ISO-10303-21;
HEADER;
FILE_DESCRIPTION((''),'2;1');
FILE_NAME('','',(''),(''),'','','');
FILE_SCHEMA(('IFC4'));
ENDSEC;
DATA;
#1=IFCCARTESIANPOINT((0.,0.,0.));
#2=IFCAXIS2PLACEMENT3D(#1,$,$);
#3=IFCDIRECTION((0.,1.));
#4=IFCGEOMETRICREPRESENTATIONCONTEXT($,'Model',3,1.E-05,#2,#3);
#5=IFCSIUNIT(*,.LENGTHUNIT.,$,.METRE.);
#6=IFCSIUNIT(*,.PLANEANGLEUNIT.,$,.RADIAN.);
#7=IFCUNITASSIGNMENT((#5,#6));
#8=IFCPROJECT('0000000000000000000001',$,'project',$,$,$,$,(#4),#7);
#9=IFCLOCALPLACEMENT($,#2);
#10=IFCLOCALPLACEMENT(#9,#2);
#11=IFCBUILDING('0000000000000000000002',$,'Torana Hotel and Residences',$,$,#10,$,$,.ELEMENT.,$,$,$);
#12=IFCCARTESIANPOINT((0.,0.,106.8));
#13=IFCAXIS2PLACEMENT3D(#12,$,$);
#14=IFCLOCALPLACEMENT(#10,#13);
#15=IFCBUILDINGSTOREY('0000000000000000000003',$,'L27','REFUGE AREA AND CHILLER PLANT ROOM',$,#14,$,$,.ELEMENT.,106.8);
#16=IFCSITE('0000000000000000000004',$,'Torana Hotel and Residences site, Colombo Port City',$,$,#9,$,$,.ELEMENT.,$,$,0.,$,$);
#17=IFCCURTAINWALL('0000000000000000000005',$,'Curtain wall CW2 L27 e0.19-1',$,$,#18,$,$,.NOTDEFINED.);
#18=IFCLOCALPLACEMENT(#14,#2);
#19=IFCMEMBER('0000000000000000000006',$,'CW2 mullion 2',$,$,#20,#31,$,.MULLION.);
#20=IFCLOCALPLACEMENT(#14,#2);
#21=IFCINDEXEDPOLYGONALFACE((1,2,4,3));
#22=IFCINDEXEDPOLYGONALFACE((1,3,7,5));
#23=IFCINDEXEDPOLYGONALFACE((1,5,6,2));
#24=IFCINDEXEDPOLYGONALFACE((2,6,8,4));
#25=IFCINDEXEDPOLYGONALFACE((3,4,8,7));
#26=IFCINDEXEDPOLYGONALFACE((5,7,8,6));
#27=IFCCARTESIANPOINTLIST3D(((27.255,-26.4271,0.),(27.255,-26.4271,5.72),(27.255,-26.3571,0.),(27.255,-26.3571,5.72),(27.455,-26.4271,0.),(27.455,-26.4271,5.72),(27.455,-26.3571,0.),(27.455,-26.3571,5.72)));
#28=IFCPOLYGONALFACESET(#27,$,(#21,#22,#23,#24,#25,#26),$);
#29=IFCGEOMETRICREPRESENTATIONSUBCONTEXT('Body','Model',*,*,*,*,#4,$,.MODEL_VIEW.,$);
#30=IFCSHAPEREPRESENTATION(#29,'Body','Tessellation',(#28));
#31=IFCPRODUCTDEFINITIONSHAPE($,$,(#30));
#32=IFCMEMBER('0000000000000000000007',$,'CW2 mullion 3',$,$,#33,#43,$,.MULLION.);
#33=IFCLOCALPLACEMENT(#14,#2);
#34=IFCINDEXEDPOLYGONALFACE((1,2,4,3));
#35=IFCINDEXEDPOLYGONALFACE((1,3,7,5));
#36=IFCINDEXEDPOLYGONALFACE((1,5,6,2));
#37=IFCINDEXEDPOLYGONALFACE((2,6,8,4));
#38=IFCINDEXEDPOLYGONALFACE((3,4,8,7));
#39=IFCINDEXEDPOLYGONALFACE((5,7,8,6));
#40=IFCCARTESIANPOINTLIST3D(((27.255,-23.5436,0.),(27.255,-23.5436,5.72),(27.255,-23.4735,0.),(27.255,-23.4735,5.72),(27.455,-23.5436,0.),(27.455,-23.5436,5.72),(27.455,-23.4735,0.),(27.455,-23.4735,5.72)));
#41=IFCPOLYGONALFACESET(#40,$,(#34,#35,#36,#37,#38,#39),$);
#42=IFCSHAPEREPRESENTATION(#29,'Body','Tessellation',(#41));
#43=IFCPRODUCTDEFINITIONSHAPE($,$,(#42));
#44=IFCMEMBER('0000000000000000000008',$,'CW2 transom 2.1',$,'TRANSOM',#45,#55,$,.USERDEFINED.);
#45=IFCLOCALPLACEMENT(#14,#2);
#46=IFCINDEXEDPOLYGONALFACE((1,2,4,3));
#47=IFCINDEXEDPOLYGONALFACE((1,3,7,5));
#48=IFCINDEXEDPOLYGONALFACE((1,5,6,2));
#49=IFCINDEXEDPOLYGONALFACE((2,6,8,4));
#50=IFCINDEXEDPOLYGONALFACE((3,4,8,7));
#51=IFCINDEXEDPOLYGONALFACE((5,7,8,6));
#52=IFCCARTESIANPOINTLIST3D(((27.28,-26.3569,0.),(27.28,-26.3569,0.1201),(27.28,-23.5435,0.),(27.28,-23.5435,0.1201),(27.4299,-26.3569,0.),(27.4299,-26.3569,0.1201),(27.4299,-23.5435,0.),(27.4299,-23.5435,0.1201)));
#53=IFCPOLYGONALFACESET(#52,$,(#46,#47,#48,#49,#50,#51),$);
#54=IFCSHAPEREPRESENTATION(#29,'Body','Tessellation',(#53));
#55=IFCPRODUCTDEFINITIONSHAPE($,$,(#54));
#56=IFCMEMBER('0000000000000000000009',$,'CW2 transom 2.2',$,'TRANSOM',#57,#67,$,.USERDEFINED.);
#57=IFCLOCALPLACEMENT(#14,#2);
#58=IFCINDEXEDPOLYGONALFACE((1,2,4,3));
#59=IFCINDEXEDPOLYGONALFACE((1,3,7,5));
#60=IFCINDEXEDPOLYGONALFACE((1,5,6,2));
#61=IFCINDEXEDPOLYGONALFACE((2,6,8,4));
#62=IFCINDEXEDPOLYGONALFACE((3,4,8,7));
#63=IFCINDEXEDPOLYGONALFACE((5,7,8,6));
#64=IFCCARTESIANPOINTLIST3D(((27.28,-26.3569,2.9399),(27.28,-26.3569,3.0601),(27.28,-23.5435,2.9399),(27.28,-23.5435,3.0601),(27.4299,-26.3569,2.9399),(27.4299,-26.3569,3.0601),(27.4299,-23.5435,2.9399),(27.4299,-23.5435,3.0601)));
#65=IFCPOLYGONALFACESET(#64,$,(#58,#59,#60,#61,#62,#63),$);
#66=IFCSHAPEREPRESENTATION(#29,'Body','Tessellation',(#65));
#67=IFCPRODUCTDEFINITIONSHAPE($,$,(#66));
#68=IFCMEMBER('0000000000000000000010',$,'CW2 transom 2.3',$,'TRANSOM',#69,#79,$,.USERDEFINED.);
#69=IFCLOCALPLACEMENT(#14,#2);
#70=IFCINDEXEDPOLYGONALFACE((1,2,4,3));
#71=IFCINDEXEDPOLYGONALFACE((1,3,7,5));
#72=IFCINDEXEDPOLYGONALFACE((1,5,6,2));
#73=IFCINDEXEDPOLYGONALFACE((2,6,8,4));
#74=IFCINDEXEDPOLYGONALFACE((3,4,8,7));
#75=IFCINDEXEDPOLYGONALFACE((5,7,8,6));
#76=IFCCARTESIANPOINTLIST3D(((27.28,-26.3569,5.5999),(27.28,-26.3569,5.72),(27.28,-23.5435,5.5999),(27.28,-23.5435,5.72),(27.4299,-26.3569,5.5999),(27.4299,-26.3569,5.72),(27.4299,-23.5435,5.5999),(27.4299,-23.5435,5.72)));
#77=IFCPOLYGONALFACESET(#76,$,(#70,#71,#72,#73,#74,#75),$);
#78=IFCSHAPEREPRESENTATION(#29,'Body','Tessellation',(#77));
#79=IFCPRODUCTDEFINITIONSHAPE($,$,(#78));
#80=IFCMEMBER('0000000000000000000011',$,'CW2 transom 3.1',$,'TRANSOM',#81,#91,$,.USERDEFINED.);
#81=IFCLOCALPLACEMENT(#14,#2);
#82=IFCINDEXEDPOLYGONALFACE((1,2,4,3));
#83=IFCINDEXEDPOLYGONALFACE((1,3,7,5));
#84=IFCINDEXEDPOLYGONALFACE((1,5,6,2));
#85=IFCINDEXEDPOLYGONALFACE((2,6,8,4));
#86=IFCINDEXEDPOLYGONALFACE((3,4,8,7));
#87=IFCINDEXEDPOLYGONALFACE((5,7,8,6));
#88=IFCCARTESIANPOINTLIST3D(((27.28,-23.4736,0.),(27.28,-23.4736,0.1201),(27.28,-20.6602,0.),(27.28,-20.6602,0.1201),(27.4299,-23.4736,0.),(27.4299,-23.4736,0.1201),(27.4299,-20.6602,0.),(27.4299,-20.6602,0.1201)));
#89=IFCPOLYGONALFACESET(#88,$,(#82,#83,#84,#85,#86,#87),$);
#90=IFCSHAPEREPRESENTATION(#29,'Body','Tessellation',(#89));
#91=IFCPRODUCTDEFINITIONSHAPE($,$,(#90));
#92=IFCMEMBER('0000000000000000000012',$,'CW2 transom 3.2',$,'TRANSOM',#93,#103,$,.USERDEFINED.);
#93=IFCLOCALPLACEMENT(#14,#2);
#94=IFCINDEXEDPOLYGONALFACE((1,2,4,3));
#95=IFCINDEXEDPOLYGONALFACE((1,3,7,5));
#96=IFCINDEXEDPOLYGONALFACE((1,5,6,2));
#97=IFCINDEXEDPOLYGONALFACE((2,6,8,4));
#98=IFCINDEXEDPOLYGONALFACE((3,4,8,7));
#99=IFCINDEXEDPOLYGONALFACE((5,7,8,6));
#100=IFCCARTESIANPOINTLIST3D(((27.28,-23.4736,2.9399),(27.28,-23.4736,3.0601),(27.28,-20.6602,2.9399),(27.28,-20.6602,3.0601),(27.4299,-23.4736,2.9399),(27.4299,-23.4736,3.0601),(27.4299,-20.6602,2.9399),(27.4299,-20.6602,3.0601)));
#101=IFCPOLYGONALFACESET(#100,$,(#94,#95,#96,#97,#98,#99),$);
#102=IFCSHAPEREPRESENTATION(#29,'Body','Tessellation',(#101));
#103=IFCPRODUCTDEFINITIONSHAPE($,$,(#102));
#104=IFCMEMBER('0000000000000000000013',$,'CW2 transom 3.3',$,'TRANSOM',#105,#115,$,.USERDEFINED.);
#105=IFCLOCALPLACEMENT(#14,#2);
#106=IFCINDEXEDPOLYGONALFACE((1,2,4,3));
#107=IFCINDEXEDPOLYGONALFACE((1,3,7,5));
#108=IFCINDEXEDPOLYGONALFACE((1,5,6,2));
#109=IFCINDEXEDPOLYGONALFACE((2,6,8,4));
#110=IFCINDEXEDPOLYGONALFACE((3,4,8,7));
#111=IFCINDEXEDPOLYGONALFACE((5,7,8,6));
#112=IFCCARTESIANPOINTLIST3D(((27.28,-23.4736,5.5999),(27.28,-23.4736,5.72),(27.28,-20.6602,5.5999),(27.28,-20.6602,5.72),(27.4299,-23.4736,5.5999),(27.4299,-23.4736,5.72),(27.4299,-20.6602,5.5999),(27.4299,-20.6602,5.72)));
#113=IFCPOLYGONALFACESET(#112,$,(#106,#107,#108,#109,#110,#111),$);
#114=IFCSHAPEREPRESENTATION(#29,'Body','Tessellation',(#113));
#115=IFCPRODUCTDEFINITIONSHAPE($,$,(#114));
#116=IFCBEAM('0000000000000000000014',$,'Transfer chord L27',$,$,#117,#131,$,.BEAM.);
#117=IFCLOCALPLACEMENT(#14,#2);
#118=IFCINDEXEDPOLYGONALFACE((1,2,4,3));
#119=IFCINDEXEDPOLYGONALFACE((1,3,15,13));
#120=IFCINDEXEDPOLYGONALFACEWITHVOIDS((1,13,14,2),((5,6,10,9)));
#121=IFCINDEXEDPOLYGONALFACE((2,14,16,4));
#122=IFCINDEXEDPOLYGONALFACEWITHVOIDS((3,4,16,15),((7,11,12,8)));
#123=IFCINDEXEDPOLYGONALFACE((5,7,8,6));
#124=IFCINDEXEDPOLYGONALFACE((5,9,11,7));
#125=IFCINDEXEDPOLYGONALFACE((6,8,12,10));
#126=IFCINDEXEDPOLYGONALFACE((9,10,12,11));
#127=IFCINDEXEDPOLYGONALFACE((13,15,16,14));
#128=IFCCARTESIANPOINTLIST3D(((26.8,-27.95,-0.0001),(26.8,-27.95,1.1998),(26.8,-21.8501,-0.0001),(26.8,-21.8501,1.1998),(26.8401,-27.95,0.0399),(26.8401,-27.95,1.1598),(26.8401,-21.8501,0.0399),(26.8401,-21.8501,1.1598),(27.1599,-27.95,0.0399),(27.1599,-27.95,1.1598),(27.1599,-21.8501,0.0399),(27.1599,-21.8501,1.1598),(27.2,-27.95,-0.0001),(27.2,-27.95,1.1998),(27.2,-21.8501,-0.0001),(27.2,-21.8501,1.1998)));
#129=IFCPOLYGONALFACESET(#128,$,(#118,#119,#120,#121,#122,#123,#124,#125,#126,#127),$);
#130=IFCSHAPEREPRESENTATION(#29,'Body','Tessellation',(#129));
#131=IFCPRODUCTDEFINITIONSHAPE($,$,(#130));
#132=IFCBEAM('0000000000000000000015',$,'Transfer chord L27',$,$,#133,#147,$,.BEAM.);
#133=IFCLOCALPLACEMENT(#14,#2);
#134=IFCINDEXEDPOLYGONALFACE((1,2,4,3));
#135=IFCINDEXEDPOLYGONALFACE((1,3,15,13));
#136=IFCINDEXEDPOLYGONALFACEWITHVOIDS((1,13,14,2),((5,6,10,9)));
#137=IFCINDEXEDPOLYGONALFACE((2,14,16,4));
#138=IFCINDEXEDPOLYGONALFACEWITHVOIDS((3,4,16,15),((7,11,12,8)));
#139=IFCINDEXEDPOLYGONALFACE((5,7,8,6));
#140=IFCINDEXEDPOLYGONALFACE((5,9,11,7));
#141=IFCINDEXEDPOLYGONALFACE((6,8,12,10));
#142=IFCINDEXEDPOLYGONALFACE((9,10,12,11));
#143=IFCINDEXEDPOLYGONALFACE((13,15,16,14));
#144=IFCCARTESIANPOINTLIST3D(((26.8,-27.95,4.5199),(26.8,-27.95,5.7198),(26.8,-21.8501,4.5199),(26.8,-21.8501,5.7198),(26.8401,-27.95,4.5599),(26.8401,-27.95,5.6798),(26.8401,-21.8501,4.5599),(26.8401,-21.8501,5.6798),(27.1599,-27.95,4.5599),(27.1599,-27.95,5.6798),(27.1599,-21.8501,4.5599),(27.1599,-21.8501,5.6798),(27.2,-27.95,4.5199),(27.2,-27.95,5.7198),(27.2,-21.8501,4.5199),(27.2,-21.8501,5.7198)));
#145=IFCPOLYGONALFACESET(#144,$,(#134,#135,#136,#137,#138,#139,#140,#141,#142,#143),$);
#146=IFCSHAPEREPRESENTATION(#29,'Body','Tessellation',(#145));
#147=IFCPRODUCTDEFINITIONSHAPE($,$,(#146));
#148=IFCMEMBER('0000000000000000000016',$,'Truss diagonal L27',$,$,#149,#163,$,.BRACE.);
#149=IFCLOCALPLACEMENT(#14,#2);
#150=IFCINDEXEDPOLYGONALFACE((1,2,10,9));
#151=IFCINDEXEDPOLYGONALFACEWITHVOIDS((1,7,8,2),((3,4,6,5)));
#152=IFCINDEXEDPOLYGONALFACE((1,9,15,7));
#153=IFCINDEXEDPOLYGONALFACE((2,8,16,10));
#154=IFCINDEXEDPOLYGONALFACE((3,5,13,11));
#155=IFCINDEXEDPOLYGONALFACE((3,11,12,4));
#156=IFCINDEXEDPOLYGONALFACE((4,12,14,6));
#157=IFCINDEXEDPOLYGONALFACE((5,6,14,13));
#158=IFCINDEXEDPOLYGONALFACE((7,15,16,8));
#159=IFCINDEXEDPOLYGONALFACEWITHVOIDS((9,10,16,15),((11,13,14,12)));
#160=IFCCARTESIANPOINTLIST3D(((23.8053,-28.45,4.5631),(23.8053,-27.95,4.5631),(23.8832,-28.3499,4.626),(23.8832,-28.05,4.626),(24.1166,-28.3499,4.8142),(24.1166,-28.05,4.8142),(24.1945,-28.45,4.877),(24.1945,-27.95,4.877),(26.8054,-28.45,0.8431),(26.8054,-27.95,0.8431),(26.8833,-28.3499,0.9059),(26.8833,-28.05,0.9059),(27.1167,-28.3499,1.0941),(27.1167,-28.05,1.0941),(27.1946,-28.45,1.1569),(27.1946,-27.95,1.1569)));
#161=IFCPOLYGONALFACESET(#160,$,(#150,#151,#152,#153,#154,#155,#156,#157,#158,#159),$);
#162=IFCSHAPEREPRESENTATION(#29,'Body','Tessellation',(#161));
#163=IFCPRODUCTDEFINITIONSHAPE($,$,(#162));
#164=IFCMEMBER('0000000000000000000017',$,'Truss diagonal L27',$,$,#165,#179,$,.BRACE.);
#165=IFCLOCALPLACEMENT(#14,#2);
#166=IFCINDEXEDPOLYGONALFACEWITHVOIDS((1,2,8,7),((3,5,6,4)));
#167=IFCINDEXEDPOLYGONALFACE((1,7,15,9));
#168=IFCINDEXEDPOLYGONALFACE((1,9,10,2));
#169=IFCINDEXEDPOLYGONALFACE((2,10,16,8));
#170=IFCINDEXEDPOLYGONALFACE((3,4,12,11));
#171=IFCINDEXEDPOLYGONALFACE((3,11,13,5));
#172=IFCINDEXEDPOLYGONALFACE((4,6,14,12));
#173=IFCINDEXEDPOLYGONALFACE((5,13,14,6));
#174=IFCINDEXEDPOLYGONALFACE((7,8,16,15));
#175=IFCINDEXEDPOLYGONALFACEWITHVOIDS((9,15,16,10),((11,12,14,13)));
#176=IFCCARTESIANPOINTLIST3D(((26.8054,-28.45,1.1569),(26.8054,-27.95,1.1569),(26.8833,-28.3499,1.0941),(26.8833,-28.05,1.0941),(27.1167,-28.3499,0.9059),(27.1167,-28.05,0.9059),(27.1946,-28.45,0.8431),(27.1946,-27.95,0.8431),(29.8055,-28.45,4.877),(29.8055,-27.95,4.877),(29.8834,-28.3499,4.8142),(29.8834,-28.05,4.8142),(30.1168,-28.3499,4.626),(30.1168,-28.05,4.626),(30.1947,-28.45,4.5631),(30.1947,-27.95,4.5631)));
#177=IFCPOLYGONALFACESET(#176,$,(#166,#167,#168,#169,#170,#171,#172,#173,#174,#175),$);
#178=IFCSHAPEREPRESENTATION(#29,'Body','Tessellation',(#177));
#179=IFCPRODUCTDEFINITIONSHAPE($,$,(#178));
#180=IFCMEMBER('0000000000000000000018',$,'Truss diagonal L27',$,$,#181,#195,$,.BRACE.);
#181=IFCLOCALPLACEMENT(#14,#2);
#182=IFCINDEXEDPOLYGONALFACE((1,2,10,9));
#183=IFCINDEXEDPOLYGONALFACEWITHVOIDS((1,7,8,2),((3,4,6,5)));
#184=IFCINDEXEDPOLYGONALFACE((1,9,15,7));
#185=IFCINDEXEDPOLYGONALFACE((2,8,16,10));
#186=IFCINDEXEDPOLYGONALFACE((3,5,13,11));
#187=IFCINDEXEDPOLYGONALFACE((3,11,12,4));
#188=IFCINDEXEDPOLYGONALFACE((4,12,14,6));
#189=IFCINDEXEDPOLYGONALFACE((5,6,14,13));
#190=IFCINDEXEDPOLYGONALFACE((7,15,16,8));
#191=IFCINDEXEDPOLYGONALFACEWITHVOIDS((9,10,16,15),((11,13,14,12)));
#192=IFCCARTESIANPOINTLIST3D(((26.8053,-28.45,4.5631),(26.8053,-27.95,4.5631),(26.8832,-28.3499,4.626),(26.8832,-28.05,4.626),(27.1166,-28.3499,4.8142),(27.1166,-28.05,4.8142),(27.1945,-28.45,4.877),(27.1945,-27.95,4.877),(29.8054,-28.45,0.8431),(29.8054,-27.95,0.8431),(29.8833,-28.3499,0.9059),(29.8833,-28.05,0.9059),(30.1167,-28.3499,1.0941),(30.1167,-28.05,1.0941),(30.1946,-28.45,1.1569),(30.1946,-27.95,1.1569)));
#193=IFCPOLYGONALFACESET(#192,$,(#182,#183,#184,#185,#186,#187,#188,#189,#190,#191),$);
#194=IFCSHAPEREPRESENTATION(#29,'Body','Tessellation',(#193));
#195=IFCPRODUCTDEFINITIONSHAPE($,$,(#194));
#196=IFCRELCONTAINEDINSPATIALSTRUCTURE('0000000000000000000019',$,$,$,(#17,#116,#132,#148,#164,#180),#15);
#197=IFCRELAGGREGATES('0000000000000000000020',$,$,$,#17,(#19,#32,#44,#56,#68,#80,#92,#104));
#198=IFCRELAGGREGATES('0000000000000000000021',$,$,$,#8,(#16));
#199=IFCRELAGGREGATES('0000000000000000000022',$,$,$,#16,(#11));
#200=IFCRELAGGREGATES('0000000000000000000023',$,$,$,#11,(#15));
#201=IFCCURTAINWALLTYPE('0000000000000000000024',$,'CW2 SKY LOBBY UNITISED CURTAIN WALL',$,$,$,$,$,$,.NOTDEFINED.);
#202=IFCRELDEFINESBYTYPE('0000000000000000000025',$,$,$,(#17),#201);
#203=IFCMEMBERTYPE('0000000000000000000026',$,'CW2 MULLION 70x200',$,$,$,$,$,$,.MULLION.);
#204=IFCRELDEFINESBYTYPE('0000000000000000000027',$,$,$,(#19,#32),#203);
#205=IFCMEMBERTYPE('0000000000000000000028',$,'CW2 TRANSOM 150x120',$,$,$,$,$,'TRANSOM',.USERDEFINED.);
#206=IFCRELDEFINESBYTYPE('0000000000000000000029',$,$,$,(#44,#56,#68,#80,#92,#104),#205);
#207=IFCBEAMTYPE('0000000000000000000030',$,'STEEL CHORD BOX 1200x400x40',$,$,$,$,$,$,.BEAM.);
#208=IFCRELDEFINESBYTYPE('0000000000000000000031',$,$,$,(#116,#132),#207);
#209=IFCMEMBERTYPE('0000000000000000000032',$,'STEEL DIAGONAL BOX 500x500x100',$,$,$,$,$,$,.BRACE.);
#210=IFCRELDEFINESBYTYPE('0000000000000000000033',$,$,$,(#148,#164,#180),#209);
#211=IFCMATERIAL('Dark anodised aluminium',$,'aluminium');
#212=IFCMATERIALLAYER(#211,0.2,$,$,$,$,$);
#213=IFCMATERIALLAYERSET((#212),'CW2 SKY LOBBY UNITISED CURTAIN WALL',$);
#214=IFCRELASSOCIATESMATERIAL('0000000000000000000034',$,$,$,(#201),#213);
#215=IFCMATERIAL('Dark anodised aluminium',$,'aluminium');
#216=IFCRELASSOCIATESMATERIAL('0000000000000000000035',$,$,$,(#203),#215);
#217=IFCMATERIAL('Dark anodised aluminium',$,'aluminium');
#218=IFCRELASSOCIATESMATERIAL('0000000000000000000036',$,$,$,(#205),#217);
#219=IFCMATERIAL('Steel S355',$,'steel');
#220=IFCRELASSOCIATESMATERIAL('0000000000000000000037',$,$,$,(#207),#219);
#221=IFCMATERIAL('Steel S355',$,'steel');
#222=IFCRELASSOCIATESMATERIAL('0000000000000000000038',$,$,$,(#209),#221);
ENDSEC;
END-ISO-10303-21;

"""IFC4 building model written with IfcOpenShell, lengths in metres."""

from ifc_helpers import new_model, si_unit, direction, frame, origin, origin_2d, place, context, subcontext, project, spatial, rectangle, hollow_rectangle, extrude, material, layer, layer_set, material_profile, profile_set, type_object, element, aggregate, save


model = new_model("IFC4")

# Units and contexts
model_context = context("Model", 3, precision=1e-05, world=origin(), true_north=direction((0.0, 1.0)))
body_context = subcontext(model_context, "Body", "Model", "MODEL_VIEW")
ifc_project = project(units=[si_unit("LENGTHUNIT", "METRE"), si_unit("PLANEANGLEUNIT", "RADIAN")], contexts=[model_context])

# Site, building, storey
site_placement = place(None, origin())
site = spatial("IfcSite", under=ifc_project, at=site_placement, Name="Torana Hotel and Residences site, Colombo Port City", CompositionType="ELEMENT", RefElevation=0.0)
building_placement = place(site_placement, origin())
building = spatial("IfcBuilding", under=site, at=building_placement, Name="Torana Hotel and Residences", CompositionType="ELEMENT")
storey_placement = place(building_placement, frame((0.0, 0.0, 106.8)))
storey = spatial("IfcBuildingStorey", under=building, at=storey_placement, Name="L27", Description="REFUGE AREA AND CHILLER PLANT ROOM", CompositionType="ELEMENT", Elevation=106.8)

# Curtain wall, members
ifc_material_1 = material(Name="Dark anodised aluminium", Category="aluminium")
ifc_layer_1 = layer(ifc_material_1, 0.2)
ifc_layer_set_1 = layer_set([ifc_layer_1], Name="CW2 SKY LOBBY UNITISED CURTAIN WALL")
curtain_wall_type = type_object("IfcCurtainWallType", Name="CW2 SKY LOBBY UNITISED CURTAIN WALL", PredefinedType="NOTDEFINED", material=ifc_layer_set_1)
curtain_wall_placement = place(storey_placement, origin())
curtain_wall = element("IfcCurtainWall", 1, at=curtain_wall_placement, inside=storey, type_object=curtain_wall_type, Name="Curtain wall CW2 L27 e0.19-1", PredefinedType="NOTDEFINED")
ifc_material_2 = material(Name="Dark anodised aluminium", Category="aluminium")
ifc_material_profile_1 = material_profile(ifc_material_2, rectangle(XDim=0.2, YDim=0.0701, at=origin_2d()), Name="CW2 MULLION 70x200")
ifc_profile_set_1 = profile_set([ifc_material_profile_1], Name="Dark anodised aluminium")
member_type_1 = type_object("IfcMemberType", Name="CW2 MULLION 70x200", PredefinedType="MULLION", material=ifc_profile_set_1)
member_1_placement = place(storey_placement, frame((27.355, -26.3921, 0.0), z_axis=(0.0, 0.0, 1.0), x_axis=(-1.0, 0.0, 0.0)))
member_1 = element("IfcMember", 2, at=member_1_placement, type_object=member_type_1, Name="CW2 mullion 2", PredefinedType="MULLION", context=body_context, shape_type="SweptSolid", body=[
    extrude(rectangle(XDim=0.2, YDim=0.0701, at=origin_2d()), origin(), (0.0, 0.0, 1.0), 5.72),
])
member_2_placement = place(storey_placement, frame((27.355, -23.5085, 0.0), z_axis=(0.0, 0.0, 1.0), x_axis=(-1.0, 0.0, 0.0)))
member_2 = element("IfcMember", 3, at=member_2_placement, type_object=member_type_1, Name="CW2 mullion 3", PredefinedType="MULLION", context=body_context, shape_type="SweptSolid", body=[
    extrude(rectangle(XDim=0.2, YDim=0.0701, at=origin_2d()), origin(), (0.0, 0.0, 1.0), 5.72),
])
ifc_material_3 = material(Name="Dark anodised aluminium", Category="aluminium")
ifc_material_profile_2 = material_profile(ifc_material_3, rectangle(XDim=0.1499, YDim=0.1201, at=origin_2d()), Name="CW2 TRANSOM 150x120")
ifc_profile_set_2 = profile_set([ifc_material_profile_2], Name="Dark anodised aluminium")
member_type_2 = type_object("IfcMemberType", Name="CW2 TRANSOM 150x120", ElementType="TRANSOM", PredefinedType="USERDEFINED", material=ifc_profile_set_2)
member_3_placement = place(storey_placement, frame((27.355, -26.3569, 0.0601), z_axis=(0.0, 1.0, 0.0), x_axis=(-1.0, 0.0, 0.0)))
member_3 = element("IfcMember", 4, at=member_3_placement, type_object=member_type_2, Name="CW2 transom 2.1", ObjectType="TRANSOM", PredefinedType="USERDEFINED", context=body_context, shape_type="SweptSolid", body=[
    extrude(rectangle(XDim=0.1499, YDim=0.1201, at=origin_2d()), origin(), (0.0, 0.0, 1.0), 2.8135),
])
member_4_placement = place(storey_placement, frame((27.355, -26.3569, 3.0), z_axis=(0.0, 1.0, 0.0), x_axis=(-1.0, 0.0, 0.0)))
member_4 = element("IfcMember", 5, at=member_4_placement, type_object=member_type_2, Name="CW2 transom 2.2", ObjectType="TRANSOM", PredefinedType="USERDEFINED", context=body_context, shape_type="SweptSolid", body=[
    extrude(rectangle(XDim=0.1499, YDim=0.1201, at=origin_2d()), origin(), (0.0, 0.0, 1.0), 2.8135),
])
member_5_placement = place(storey_placement, frame((27.355, -26.3569, 5.6599), z_axis=(0.0, 1.0, 0.0), x_axis=(-1.0, 0.0, 0.0)))
member_5 = element("IfcMember", 6, at=member_5_placement, type_object=member_type_2, Name="CW2 transom 2.3", ObjectType="TRANSOM", PredefinedType="USERDEFINED", context=body_context, shape_type="SweptSolid", body=[
    extrude(rectangle(XDim=0.1499, YDim=0.1201, at=origin_2d()), origin(), (0.0, 0.0, 1.0), 2.8135),
])
member_6_placement = place(storey_placement, frame((27.355, -23.4736, 0.0601), z_axis=(0.0, 1.0, 0.0), x_axis=(-1.0, 0.0, 0.0)))
member_6 = element("IfcMember", 7, at=member_6_placement, type_object=member_type_2, Name="CW2 transom 3.1", ObjectType="TRANSOM", PredefinedType="USERDEFINED", context=body_context, shape_type="SweptSolid", body=[
    extrude(rectangle(XDim=0.1499, YDim=0.1201, at=origin_2d()), origin(), (0.0, 0.0, 1.0), 2.8135),
])
member_7_placement = place(storey_placement, frame((27.355, -23.4736, 3.0), z_axis=(0.0, 1.0, 0.0), x_axis=(-1.0, 0.0, 0.0)))
member_7 = element("IfcMember", 8, at=member_7_placement, type_object=member_type_2, Name="CW2 transom 3.2", ObjectType="TRANSOM", PredefinedType="USERDEFINED", context=body_context, shape_type="SweptSolid", body=[
    extrude(rectangle(XDim=0.1499, YDim=0.1201, at=origin_2d()), origin(), (0.0, 0.0, 1.0), 2.8135),
])
member_8_placement = place(storey_placement, frame((27.355, -23.4736, 5.6599), z_axis=(0.0, 1.0, 0.0), x_axis=(-1.0, 0.0, 0.0)))
member_8 = element("IfcMember", 9, at=member_8_placement, type_object=member_type_2, Name="CW2 transom 3.3", ObjectType="TRANSOM", PredefinedType="USERDEFINED", context=body_context, shape_type="SweptSolid", body=[
    extrude(rectangle(XDim=0.1499, YDim=0.1201, at=origin_2d()), origin(), (0.0, 0.0, 1.0), 2.8135),
])

# Beams
ifc_material_4 = material(Name="Steel S355", Category="steel")
ifc_material_profile_3 = material_profile(ifc_material_4, hollow_rectangle(XDim=0.3999, YDim=1.2, WallThickness=0.04, at=origin_2d()), Name="BOX 1200x400x40")
ifc_profile_set_3 = profile_set([ifc_material_profile_3], Name="Steel S355")
beam_type = type_object("IfcBeamType", Name="STEEL CHORD BOX 1200x400x40", PredefinedType="BEAM", material=ifc_profile_set_3)
for number, where, z_axis, x_axis, name in (
    (10, (27.0, -27.95, 0.5999), (0.0, 1.0, 0.0), (-1.0, 0.0, 0.0), "Transfer chord L27"),
    (11, (27.0, -27.95, 5.1199), (0.0, 1.0, 0.0), (-1.0, 0.0, 0.0), "Transfer chord L27"),
):
    element("IfcBeam", number, at=place(storey_placement, frame(where, z_axis=z_axis, x_axis=x_axis)), inside=storey, type_object=beam_type, Name=name, PredefinedType="BEAM", context=body_context, shape_type="SweptSolid", body=[
        extrude(hollow_rectangle(XDim=0.3999, YDim=1.2, WallThickness=0.04, at=origin_2d()), origin(), (0.0, 0.0, 1.0), 6.0999),
    ])

# Members
ifc_material_5 = material(Name="Steel S355", Category="steel")
ifc_material_profile_4 = material_profile(ifc_material_5, hollow_rectangle(XDim=0.5, YDim=0.5, WallThickness=0.1001, at=origin_2d()), Name="BOX 500x500x100")
ifc_profile_set_4 = profile_set([ifc_material_profile_4], Name="Steel S355")
member_type_3 = type_object("IfcMemberType", Name="STEEL DIAGONAL BOX 500x500x100", PredefinedType="BRACE", material=ifc_profile_set_4)
for number, where, z_axis, x_axis, name in (
    (12, (27.0, -28.2, 1.0), (-0.627755, 0.0, 0.778411), (0.0, -1.0, 0.0), "Truss diagonal L27"),
    (13, (27.0, -28.2, 1.0), (0.627755, 0.0, 0.778411), (0.0, 1.0, 0.0), "Truss diagonal L27"),
    (14, (30.0, -28.2, 1.0), (-0.627755, 0.0, 0.778411), (0.0, -1.0, 0.0), "Truss diagonal L27"),
):
    element("IfcMember", number, at=place(storey_placement, frame(where, z_axis=z_axis, x_axis=x_axis)), inside=storey, type_object=member_type_3, Name=name, PredefinedType="BRACE", context=body_context, shape_type="SweptSolid", body=[
        extrude(hollow_rectangle(XDim=0.5, YDim=0.5, WallThickness=0.1001, at=origin_2d()), origin(), (0.0, 0.0, 1.0), 4.7791),
    ])

aggregate(curtain_wall, [member_1, member_2, member_3, member_4, member_5, member_6, member_7, member_8])

save(model, "model.ifc")
